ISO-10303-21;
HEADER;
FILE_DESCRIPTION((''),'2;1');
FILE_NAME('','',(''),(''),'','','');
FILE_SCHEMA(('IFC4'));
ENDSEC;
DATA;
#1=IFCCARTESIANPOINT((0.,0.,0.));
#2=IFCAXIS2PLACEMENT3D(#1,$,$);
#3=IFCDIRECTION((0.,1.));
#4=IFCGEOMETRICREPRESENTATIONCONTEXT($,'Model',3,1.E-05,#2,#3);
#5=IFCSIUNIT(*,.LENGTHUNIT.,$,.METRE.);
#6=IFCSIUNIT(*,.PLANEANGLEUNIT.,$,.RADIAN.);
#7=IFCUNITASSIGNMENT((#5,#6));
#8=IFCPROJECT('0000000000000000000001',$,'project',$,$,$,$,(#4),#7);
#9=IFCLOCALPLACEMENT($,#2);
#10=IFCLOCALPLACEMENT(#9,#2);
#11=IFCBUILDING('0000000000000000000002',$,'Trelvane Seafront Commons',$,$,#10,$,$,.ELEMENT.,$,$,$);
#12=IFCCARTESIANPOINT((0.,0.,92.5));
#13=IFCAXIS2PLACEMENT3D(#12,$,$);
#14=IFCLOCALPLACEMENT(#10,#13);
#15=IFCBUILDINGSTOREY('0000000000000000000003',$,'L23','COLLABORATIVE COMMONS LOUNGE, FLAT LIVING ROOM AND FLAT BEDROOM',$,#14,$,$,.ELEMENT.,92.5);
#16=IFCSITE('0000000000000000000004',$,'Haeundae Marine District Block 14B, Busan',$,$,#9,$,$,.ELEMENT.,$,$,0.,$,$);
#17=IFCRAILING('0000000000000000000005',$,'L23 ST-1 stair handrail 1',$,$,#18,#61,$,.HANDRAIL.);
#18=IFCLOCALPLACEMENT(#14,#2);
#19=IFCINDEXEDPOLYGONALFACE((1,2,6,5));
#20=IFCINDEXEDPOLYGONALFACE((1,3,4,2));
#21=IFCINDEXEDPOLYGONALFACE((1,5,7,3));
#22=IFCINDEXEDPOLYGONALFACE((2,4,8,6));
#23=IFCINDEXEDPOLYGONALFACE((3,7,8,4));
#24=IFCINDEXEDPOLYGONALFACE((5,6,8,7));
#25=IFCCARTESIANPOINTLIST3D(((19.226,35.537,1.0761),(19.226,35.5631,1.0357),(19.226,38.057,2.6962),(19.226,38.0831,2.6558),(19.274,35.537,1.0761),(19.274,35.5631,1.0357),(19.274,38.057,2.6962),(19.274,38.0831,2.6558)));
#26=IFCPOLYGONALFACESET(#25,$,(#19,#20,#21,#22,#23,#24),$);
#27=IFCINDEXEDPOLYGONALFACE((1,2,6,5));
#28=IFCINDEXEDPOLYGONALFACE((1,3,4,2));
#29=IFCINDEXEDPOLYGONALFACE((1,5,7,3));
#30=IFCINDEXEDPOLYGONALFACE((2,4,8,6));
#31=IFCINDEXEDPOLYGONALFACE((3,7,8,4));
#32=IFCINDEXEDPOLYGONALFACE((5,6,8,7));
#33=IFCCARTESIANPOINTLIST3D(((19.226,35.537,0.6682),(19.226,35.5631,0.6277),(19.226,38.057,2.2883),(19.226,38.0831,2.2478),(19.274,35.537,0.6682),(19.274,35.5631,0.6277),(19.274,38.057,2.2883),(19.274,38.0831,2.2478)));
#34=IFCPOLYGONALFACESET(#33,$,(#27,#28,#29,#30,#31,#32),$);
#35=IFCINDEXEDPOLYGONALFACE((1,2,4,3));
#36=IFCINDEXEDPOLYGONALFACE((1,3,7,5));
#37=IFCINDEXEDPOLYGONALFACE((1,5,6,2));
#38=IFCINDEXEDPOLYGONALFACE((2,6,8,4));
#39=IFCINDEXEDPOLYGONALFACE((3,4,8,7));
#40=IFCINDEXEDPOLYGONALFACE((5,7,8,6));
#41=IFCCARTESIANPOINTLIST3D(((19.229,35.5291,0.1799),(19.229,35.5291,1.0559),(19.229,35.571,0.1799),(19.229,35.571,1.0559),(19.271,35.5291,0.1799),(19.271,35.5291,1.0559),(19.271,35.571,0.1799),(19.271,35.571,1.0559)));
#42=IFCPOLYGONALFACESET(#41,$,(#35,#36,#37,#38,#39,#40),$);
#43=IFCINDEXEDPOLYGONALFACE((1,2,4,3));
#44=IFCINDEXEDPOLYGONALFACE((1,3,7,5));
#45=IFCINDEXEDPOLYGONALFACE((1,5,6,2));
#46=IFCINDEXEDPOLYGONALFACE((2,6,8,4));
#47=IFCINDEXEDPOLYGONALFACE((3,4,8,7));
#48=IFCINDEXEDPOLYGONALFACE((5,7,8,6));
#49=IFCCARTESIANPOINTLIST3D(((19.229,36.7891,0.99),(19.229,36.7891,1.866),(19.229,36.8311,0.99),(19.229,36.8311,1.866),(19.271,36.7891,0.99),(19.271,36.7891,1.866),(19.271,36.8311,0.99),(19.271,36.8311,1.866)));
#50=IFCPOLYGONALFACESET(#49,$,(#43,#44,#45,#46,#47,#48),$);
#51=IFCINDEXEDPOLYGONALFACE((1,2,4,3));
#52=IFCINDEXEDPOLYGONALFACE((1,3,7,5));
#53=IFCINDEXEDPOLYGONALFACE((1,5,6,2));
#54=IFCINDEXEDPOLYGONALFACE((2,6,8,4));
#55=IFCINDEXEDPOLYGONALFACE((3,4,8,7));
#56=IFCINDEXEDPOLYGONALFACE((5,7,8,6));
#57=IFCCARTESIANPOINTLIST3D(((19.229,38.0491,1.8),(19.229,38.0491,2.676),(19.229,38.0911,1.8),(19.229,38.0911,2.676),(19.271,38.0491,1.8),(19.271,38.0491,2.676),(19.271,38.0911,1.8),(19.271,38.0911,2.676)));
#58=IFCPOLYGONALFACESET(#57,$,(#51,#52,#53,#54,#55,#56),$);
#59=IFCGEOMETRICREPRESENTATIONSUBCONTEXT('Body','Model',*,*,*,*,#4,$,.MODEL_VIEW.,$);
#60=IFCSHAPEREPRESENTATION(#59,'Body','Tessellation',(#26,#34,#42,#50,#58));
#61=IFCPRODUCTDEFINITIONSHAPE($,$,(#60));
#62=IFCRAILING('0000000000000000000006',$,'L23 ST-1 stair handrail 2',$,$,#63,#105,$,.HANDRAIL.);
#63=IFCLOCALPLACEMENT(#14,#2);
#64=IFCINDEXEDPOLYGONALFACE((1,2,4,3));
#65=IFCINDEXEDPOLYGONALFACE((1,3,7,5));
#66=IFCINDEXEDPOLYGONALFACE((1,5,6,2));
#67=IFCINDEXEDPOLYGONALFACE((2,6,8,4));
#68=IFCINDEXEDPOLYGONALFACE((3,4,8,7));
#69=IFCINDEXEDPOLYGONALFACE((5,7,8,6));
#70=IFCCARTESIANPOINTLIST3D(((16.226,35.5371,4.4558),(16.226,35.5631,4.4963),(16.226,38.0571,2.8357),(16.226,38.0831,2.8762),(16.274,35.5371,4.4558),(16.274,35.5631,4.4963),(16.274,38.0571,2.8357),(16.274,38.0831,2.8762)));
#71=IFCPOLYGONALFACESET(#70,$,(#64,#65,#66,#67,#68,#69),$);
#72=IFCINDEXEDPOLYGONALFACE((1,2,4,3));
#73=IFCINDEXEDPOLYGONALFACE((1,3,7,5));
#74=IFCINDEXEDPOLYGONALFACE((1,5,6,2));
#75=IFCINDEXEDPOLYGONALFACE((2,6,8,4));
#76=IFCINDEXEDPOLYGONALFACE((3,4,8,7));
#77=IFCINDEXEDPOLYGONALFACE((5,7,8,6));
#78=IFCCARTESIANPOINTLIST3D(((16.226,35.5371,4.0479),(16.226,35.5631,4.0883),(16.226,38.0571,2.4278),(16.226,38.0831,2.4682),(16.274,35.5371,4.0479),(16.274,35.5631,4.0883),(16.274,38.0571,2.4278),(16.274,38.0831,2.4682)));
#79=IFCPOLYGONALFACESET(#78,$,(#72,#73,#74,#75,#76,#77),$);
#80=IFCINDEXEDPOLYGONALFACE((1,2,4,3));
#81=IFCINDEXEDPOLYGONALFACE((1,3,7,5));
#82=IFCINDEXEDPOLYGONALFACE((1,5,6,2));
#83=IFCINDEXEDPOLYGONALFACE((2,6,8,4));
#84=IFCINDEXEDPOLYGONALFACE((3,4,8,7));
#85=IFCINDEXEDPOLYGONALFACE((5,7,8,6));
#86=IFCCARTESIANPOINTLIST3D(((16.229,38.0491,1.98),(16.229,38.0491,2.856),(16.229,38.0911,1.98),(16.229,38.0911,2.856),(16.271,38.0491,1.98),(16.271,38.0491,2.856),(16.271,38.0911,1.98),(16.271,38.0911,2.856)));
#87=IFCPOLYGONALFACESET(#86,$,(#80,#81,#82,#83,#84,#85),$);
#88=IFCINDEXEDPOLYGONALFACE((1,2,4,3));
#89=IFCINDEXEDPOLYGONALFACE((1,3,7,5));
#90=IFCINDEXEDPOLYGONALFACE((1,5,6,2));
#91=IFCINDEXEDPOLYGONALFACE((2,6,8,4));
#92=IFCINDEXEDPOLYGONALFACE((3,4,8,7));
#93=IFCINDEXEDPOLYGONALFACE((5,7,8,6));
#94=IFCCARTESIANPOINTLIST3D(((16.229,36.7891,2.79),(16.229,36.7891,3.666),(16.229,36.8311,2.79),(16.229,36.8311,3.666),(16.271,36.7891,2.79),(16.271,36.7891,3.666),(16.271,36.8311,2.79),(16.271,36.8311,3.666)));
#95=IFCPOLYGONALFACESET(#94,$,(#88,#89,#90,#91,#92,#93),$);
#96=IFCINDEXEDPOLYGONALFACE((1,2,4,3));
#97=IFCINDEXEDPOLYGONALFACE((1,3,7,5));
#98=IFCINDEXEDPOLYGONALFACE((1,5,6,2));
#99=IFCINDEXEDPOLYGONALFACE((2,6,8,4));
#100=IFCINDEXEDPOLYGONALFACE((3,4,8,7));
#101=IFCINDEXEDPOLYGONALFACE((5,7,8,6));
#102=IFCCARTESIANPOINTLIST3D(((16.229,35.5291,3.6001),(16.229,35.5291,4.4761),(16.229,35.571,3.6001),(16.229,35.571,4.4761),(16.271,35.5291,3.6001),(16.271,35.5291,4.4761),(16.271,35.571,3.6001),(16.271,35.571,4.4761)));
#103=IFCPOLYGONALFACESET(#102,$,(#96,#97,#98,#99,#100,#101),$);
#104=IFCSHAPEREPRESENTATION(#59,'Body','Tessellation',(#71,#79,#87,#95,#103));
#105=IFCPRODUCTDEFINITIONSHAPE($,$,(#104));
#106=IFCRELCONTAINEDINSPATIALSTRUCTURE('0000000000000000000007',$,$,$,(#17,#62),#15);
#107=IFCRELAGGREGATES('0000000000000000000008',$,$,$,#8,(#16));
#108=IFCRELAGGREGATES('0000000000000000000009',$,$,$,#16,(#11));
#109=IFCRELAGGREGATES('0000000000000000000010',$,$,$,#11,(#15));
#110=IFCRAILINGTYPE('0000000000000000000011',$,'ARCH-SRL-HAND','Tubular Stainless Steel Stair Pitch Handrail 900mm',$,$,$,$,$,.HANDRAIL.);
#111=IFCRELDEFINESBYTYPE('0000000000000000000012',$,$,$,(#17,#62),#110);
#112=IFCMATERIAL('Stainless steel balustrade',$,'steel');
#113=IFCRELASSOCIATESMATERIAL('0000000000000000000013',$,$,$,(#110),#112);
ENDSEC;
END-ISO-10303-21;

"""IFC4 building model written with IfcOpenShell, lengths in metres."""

from ifc_helpers import new_model, si_unit, direction, frame, origin, origin_2d, place, context, subcontext, project, spatial, rectangle, extrude, material, type_object, element, save


model = new_model("IFC4")

# Units and contexts
model_context = context("Model", 3, precision=1e-05, world=origin(), true_north=direction((0.0, 1.0)))
body_context = subcontext(model_context, "Body", "Model", "MODEL_VIEW")
ifc_project = project(units=[si_unit("LENGTHUNIT", "METRE"), si_unit("PLANEANGLEUNIT", "RADIAN")], contexts=[model_context])

# Site, building, storey
site_placement = place(None, origin())
site = spatial("IfcSite", under=ifc_project, at=site_placement, Name="Haeundae Marine District Block 14B, Busan", CompositionType="ELEMENT", RefElevation=0.0)
building_placement = place(site_placement, origin())
building = spatial("IfcBuilding", under=site, at=building_placement, Name="Trelvane Seafront Commons", CompositionType="ELEMENT")
storey_placement = place(building_placement, frame((0.0, 0.0, 92.5)))
storey = spatial("IfcBuildingStorey", under=building, at=storey_placement, Name="L23", Description="COLLABORATIVE COMMONS LOUNGE, FLAT LIVING ROOM AND FLAT BEDROOM", CompositionType="ELEMENT", Elevation=92.5)

# Shared definitions
ifc_material_1 = material(Name="Stainless steel balustrade", Category="steel")

# Railings
railing_type_1 = type_object("IfcRailingType", Name="ARCH-SRL-HAND", Description="Tubular Stainless Steel Stair Pitch Handrail 900mm", PredefinedType="HANDRAIL", material=ifc_material_1)
railing_1_placement = place(storey_placement, frame((19.25, 35.55, 0.1799)))
element("IfcRailing", 1, at=railing_1_placement, inside=storey, type_object=railing_type_1, Name="L23 ST-1 stair handrail 1", PredefinedType="HANDRAIL", context=body_context, shape_type="SweptSolid", body=[
    extrude(rectangle(XDim=0.0481, YDim=0.0481, at=origin_2d()), frame((0.0, 0.0, 0.876), z_axis=(0.0, 0.841163, 0.540782), x_axis=(-1.0, 0.0, 0.0)), (0.0, 0.0, 1.0), 2.9958),
    extrude(rectangle(XDim=0.0481, YDim=0.0481, at=origin_2d()), frame((0.0, 0.0, 0.468), z_axis=(0.0, 0.841163, 0.540782), x_axis=(-1.0, 0.0, 0.0)), (0.0, 0.0, 1.0), 2.9958),
    extrude(rectangle(XDim=0.042, YDim=0.042, at=origin_2d()), origin(), (0.0, 0.0, 1.0), 0.876),
    extrude(rectangle(XDim=0.042, YDim=0.042, at=origin_2d()), frame((0.0, 1.26, 0.8101)), (0.0, 0.0, 1.0), 0.876),
    extrude(rectangle(XDim=0.042, YDim=0.042, at=origin_2d()), frame((0.0, 2.52, 1.6201)), (0.0, 0.0, 1.0), 0.876),
])
railing_2_placement = place(storey_placement, frame((16.25, 38.0701, 1.98)))
element("IfcRailing", 2, at=railing_2_placement, inside=storey, type_object=railing_type_1, Name="L23 ST-1 stair handrail 2", PredefinedType="HANDRAIL", context=body_context, shape_type="SweptSolid", body=[
    extrude(rectangle(XDim=0.0481, YDim=0.0481, at=origin_2d()), frame((0.0, 0.0, 0.876), z_axis=(0.0, -0.841163, 0.540782), x_axis=(1.0, 0.0, 0.0)), (0.0, 0.0, 1.0), 2.9958),
    extrude(rectangle(XDim=0.0481, YDim=0.0481, at=origin_2d()), frame((0.0, 0.0, 0.468), z_axis=(0.0, -0.841163, 0.540782), x_axis=(1.0, 0.0, 0.0)), (0.0, 0.0, 1.0), 2.9958),
    extrude(rectangle(XDim=0.042, YDim=0.042, at=origin_2d()), origin(), (0.0, 0.0, 1.0), 0.876),
    extrude(rectangle(XDim=0.042, YDim=0.042, at=origin_2d()), frame((0.0, -1.26, 0.8101)), (0.0, 0.0, 1.0), 0.876),
    extrude(rectangle(XDim=0.042, YDim=0.042, at=origin_2d()), frame((0.0, -2.52, 1.6201)), (0.0, 0.0, 1.0), 0.876),
])

save(model, "model.ifc")
